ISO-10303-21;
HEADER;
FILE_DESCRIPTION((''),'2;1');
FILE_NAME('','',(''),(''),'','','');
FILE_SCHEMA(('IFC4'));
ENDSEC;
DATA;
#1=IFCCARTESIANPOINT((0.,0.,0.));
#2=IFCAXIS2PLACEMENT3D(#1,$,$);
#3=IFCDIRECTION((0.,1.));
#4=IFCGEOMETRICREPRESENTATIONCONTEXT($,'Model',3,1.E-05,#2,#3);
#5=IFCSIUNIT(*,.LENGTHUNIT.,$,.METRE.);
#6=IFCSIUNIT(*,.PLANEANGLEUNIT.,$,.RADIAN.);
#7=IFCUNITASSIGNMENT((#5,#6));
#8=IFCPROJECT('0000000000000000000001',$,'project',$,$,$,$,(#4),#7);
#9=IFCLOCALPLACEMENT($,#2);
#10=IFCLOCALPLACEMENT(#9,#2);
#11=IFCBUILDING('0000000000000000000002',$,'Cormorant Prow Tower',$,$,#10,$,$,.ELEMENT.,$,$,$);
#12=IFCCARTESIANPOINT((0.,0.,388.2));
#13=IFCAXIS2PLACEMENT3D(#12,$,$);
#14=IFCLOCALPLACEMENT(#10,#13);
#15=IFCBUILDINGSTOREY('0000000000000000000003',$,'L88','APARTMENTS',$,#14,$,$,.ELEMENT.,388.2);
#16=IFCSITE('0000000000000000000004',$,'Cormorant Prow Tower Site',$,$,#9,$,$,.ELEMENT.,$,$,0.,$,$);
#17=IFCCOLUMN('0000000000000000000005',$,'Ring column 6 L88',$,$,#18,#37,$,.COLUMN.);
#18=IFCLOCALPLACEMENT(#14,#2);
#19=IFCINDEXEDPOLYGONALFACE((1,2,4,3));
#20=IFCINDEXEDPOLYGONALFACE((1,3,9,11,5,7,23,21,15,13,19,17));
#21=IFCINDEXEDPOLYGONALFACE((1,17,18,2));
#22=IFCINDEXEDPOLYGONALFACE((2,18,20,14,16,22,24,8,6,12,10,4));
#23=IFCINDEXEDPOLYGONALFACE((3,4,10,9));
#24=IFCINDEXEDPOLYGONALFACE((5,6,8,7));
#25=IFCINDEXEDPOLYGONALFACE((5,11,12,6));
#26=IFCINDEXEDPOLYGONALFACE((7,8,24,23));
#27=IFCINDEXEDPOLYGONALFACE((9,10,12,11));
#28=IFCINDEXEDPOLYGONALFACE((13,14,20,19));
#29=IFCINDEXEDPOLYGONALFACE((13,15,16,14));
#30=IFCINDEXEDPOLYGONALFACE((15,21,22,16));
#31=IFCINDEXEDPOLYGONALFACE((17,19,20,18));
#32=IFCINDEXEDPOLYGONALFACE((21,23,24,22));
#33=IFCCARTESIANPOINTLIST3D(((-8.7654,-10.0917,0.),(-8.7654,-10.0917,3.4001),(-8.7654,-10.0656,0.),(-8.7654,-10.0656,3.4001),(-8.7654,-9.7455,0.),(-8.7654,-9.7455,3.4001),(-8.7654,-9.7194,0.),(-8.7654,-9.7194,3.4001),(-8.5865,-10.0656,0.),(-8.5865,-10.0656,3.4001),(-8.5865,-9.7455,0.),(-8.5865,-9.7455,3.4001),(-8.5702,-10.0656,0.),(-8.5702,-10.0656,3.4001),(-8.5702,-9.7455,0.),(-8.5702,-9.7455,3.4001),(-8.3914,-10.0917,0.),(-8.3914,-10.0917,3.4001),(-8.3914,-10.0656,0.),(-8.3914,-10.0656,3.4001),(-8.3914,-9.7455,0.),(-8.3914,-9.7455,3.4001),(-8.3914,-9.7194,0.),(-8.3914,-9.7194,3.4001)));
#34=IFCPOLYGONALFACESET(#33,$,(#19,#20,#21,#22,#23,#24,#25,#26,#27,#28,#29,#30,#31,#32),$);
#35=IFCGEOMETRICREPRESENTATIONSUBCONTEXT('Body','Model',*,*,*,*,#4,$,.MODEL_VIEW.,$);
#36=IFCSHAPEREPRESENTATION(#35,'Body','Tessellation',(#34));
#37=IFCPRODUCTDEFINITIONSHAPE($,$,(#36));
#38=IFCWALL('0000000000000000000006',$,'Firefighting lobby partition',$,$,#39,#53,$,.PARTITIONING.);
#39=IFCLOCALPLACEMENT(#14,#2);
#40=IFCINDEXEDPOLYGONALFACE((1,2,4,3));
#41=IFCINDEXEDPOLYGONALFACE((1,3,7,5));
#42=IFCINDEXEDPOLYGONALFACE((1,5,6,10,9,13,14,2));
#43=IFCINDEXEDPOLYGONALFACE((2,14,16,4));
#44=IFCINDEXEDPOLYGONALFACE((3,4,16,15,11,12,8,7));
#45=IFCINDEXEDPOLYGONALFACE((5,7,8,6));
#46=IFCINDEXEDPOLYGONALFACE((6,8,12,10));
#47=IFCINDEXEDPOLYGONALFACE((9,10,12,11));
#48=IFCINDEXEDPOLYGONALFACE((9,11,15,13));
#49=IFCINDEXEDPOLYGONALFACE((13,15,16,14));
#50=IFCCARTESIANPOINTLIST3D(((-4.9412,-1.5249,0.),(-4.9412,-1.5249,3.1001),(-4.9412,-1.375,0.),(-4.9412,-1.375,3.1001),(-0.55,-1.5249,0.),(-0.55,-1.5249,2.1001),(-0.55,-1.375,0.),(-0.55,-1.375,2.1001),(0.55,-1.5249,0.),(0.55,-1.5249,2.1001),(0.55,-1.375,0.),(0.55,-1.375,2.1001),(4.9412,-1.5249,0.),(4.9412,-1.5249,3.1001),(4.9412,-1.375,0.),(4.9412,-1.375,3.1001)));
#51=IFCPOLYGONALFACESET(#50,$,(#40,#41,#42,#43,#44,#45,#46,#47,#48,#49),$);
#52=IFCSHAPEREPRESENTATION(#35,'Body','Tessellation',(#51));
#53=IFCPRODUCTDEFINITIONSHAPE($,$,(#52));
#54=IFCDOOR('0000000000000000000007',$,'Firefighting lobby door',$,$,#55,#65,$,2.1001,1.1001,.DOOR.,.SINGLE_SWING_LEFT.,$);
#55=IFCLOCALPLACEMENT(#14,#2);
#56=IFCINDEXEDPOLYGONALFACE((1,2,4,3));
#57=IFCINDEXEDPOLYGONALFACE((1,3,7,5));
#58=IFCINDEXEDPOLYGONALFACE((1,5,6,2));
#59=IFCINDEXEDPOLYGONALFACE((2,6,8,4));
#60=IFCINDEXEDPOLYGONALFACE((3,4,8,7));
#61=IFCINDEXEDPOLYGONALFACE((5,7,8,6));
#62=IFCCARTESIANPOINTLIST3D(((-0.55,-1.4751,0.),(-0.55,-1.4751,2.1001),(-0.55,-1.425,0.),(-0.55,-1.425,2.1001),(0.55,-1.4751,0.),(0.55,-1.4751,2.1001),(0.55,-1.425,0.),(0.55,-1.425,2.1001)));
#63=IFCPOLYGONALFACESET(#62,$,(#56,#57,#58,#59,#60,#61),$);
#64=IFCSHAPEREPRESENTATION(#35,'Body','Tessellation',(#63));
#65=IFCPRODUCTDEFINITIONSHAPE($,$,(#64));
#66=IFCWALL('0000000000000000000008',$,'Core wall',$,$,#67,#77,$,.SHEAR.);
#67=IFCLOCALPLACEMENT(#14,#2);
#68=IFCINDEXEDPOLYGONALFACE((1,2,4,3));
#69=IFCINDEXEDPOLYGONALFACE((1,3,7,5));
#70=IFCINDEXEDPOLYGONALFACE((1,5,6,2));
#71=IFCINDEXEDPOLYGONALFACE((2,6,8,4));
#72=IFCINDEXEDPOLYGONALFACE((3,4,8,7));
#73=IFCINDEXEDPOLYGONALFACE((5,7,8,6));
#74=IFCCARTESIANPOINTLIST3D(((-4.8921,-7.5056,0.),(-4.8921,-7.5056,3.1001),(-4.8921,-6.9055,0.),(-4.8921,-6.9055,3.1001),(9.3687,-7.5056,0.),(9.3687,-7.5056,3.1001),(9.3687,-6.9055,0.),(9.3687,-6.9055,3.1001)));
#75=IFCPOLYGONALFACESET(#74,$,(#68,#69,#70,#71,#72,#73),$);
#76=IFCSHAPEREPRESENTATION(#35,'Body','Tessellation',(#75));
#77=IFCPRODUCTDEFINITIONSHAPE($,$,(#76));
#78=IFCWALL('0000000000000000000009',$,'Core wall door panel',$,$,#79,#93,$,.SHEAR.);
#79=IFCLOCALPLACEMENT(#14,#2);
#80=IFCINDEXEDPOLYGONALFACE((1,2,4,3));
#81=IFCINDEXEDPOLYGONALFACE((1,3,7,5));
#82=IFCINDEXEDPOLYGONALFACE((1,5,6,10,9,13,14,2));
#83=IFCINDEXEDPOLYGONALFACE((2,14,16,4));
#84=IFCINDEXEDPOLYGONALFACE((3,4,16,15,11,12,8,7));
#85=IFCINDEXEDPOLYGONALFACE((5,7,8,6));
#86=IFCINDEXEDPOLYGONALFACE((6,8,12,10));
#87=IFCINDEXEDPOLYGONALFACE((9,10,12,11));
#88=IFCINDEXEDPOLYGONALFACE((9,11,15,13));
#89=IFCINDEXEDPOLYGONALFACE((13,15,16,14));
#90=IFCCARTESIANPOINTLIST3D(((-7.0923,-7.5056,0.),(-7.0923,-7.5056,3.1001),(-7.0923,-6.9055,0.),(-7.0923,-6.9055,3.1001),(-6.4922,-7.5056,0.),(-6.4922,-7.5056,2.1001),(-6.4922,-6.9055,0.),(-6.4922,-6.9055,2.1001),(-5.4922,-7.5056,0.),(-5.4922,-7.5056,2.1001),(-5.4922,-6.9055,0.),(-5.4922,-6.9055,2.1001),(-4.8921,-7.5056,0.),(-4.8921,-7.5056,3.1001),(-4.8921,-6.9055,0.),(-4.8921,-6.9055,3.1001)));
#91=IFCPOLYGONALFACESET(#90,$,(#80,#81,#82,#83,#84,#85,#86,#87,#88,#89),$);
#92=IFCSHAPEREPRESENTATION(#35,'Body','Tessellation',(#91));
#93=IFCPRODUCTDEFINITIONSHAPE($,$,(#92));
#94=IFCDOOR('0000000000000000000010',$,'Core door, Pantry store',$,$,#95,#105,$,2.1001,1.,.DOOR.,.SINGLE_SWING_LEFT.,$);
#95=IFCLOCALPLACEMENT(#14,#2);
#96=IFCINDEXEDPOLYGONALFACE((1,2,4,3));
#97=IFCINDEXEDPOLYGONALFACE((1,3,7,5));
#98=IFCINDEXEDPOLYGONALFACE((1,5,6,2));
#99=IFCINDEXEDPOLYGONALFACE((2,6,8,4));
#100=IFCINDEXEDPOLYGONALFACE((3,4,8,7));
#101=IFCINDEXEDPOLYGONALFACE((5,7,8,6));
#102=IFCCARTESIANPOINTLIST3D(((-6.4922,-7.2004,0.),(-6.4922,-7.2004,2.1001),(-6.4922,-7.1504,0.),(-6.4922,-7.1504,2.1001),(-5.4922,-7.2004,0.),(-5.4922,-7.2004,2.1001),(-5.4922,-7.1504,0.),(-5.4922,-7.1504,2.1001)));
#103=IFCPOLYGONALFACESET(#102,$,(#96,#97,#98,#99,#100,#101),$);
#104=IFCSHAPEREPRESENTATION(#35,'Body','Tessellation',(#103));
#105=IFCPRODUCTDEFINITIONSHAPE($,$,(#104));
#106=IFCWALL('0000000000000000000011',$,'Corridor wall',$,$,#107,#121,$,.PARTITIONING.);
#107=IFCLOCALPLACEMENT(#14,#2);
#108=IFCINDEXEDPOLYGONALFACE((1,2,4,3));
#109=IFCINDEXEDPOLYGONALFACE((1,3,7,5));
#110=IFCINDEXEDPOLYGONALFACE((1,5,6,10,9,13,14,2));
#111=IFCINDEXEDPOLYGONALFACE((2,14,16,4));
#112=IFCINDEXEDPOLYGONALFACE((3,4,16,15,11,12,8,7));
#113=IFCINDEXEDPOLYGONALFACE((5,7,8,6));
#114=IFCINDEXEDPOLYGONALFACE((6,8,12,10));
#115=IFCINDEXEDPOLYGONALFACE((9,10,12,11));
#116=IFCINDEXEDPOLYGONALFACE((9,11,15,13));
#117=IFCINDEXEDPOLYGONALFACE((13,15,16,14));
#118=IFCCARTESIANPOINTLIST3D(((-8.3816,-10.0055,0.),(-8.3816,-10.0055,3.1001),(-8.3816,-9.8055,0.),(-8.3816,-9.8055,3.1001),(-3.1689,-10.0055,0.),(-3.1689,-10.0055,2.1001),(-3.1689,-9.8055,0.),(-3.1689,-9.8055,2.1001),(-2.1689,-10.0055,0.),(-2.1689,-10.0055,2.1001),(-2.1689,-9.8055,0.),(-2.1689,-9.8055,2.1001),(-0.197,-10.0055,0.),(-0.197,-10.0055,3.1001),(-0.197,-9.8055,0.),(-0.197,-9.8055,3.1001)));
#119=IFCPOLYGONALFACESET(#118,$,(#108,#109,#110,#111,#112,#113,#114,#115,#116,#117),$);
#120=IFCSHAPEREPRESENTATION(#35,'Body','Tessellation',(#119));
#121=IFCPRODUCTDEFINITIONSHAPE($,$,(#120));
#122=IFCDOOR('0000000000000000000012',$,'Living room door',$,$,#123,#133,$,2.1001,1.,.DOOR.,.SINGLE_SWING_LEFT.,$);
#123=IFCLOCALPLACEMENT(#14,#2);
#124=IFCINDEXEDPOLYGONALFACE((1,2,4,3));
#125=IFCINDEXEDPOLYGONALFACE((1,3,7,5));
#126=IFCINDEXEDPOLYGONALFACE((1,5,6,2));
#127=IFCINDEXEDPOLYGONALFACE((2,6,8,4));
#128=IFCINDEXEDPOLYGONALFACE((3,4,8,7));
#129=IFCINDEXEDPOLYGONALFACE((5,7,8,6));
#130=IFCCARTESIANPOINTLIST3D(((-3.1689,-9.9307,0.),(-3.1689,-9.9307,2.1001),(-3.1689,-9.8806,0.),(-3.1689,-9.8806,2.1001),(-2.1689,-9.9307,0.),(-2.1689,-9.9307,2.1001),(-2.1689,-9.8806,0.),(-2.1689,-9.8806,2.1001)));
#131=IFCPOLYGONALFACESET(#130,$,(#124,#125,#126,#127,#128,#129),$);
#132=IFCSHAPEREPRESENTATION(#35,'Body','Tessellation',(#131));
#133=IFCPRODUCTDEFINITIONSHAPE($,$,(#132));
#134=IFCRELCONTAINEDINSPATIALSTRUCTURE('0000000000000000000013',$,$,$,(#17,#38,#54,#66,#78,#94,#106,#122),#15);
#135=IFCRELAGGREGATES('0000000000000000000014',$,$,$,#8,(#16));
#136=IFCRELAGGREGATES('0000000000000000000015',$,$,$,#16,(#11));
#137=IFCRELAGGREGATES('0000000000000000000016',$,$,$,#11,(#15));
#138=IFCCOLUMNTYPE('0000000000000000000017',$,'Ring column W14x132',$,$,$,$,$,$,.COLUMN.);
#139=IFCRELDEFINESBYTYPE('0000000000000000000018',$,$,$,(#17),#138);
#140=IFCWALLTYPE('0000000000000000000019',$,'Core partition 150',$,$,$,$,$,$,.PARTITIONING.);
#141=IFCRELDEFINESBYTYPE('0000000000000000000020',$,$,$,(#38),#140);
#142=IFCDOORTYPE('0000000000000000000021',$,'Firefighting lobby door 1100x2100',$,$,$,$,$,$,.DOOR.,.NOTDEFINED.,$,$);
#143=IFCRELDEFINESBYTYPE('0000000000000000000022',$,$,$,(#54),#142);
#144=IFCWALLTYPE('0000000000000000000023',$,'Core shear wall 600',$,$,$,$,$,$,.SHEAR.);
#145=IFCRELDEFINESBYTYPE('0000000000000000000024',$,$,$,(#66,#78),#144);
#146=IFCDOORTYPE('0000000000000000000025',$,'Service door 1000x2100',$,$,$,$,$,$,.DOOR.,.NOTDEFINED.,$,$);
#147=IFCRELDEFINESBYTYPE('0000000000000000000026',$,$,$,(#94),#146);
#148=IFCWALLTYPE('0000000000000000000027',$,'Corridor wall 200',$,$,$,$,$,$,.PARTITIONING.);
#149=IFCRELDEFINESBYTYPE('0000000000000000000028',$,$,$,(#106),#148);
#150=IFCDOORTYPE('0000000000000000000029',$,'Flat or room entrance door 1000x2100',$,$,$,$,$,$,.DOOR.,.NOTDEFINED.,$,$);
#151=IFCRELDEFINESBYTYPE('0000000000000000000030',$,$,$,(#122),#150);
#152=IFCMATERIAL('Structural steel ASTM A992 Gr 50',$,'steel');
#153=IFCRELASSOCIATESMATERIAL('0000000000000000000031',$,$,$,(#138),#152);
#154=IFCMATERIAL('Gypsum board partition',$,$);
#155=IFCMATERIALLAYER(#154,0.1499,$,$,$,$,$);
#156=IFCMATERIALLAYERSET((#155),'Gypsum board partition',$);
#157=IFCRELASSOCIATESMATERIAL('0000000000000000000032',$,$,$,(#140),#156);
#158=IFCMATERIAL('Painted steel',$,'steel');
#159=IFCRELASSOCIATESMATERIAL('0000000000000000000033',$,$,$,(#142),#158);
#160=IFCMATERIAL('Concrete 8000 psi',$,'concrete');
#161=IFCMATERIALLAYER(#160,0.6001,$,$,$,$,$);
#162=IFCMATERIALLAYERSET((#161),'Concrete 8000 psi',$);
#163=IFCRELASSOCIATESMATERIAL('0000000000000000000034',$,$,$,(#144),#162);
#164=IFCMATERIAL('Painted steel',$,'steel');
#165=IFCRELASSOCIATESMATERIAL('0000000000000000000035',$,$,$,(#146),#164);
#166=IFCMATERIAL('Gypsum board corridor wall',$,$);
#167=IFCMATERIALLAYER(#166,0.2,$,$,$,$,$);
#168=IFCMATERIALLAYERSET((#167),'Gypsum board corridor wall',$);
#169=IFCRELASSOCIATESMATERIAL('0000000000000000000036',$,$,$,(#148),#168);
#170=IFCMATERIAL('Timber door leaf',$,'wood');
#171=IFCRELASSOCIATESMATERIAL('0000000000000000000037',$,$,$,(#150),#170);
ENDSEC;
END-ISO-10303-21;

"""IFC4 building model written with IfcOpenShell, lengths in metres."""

from ifc_helpers import new_model, si_unit, direction, frame, frame_2d, origin, origin_2d, place, context, subcontext, project, spatial, rectangle, i_section, extrude, material, layer, layer_set, material_profile, profile_set, type_object, element, fill, save


model = new_model("IFC4")

# Units and contexts
model_context = context("Model", 3, precision=1e-05, world=origin(), true_north=direction((0.0, 1.0)))
body_context = subcontext(model_context, "Body", "Model", "MODEL_VIEW")
ifc_project = project(units=[si_unit("LENGTHUNIT", "METRE"), si_unit("PLANEANGLEUNIT", "RADIAN")], contexts=[model_context])

# Site, building, storey
site_placement = place(None, origin())
site = spatial("IfcSite", under=ifc_project, at=site_placement, Name="Cormorant Prow Tower Site", CompositionType="ELEMENT", RefElevation=0.0)
building_placement = place(site_placement, origin())
building = spatial("IfcBuilding", under=site, at=building_placement, Name="Cormorant Prow Tower", CompositionType="ELEMENT")
storey_placement = place(building_placement, frame((0.0, 0.0, 388.2)))
storey = spatial("IfcBuildingStorey", under=building, at=storey_placement, Name="L88", Description="APARTMENTS", CompositionType="ELEMENT", Elevation=388.2)

# Column
ifc_material_1 = material(Name="Structural steel ASTM A992 Gr 50", Category="steel")
ifc_material_profile = material_profile(ifc_material_1, i_section(OverallWidth=0.374, OverallDepth=0.3723, WebThickness=0.0164, FlangeThickness=0.0261, at=origin_2d()), Name="W14x132")
ifc_profile_set = profile_set([ifc_material_profile], Name="Structural steel ASTM A992 Gr 50")
column_type = type_object("IfcColumnType", Name="Ring column W14x132", PredefinedType="COLUMN", material=ifc_profile_set)
column_placement = place(storey_placement, frame((-8.5784, -9.9055, 0.0), z_axis=(0.0, 0.0, 1.0), x_axis=(1.0, 0.0, 0.0)))
element("IfcColumn", 1, at=column_placement, inside=storey, type_object=column_type, Name="Ring column 6 L88", PredefinedType="COLUMN", context=body_context, shape_type="SweptSolid", body=[
    extrude(i_section(OverallWidth=0.374, OverallDepth=0.3723, WebThickness=0.0164, FlangeThickness=0.0261, at=origin_2d()), origin(), (0.0, 0.0, 1.0), 3.4001),
])

# Wall, opening, door
ifc_material_2 = material(Name="Gypsum board partition")
ifc_layer_1 = layer(ifc_material_2, 0.1499)
ifc_layer_set_1 = layer_set([ifc_layer_1], Name="Gypsum board partition")
wall_type_1 = type_object("IfcWallType", Name="Core partition 150", PredefinedType="PARTITIONING", material=ifc_layer_set_1)
wall_1_placement = place(storey_placement, frame((-4.9412, -1.45, 0.0), z_axis=(0.0, 0.0, 1.0), x_axis=(1.0, 0.0, 0.0)))
wall_1 = element("IfcWall", 2, at=wall_1_placement, inside=storey, type_object=wall_type_1, Name="Firefighting lobby partition", PredefinedType="PARTITIONING", context=body_context, shape_type="SweptSolid", body=[
    extrude(rectangle(XDim=9.8823, YDim=0.1499, at=frame_2d((4.9412, 0.0))), origin(), (0.0, 0.0, 1.0), 3.1001),
])
opening_1_placement = place(wall_1_placement, frame((4.3911, 0.0, 0.0)))
opening_1 = element("IfcOpeningElement", 3, at=opening_1_placement, cuts=wall_1, PredefinedType="OPENING", context=body_context, shape_type="SweptSolid", body=[
    extrude(rectangle(XDim=1.1001, YDim=2.1001, at=frame_2d((0.55, 1.05))), frame((0.0, 0.085, 0.0), z_axis=(0.0, -1.0, 0.0), x_axis=(1.0, 0.0, 0.0)), (0.0, 0.0, 1.0), 0.1699),
])
ifc_material_3 = material(Name="Painted steel", Category="steel")
door_type_1 = type_object("IfcDoorType", Name="Firefighting lobby door 1100x2100", OperationType="NOTDEFINED", PredefinedType="DOOR", material=ifc_material_3)
door_1_placement = place(opening_1_placement, origin())
door_1 = element("IfcDoor", 4, at=door_1_placement, inside=storey, type_object=door_type_1, Name="Firefighting lobby door", OperationType="SINGLE_SWING_LEFT", OverallHeight=2.1001, OverallWidth=1.1001, PredefinedType="DOOR", context=body_context, shape_type="SweptSolid", body=[
    extrude(rectangle(XDim=1.1001, YDim=2.1001, at=frame_2d((0.55, 1.05))), frame((0.0, 0.0249, 0.0), z_axis=(0.0, -1.0, 0.0), x_axis=(1.0, 0.0, 0.0)), (0.0, 0.0, 1.0), 0.05),
])
fill(opening_1, door_1)

# Wall
ifc_material_4 = material(Name="Concrete 8000 psi", Category="concrete")
ifc_layer_2 = layer(ifc_material_4, 0.6001)
ifc_layer_set_2 = layer_set([ifc_layer_2], Name="Concrete 8000 psi")
wall_type_2 = type_object("IfcWallType", Name="Core shear wall 600", PredefinedType="SHEAR", material=ifc_layer_set_2)
wall_2_placement = place(storey_placement, frame((-4.8921, -7.2056, 0.0), z_axis=(0.0, 0.0, 1.0), x_axis=(1.0, 0.0, 0.0)))
element("IfcWall", 5, at=wall_2_placement, inside=storey, type_object=wall_type_2, Name="Core wall", PredefinedType="SHEAR", context=body_context, shape_type="SweptSolid", body=[
    extrude(rectangle(XDim=14.2607, YDim=0.6001, at=frame_2d((7.1304, 0.0))), origin(), (0.0, 0.0, 1.0), 3.1001),
])

# Walls, openings, doors
wall_3_placement = place(storey_placement, frame((-7.0923, -7.2056, 0.0), z_axis=(0.0, 0.0, 1.0), x_axis=(1.0, 0.0, 0.0)))
wall_3 = element("IfcWall", 6, at=wall_3_placement, inside=storey, type_object=wall_type_2, Name="Core wall door panel", PredefinedType="SHEAR", context=body_context, shape_type="SweptSolid", body=[
    extrude(rectangle(XDim=2.2002, YDim=0.6001, at=frame_2d((1.1001, 0.0))), origin(), (0.0, 0.0, 1.0), 3.1001),
])
opening_2_placement = place(wall_3_placement, frame((0.6001, 0.0, 0.0)))
opening_2 = element("IfcOpeningElement", 7, at=opening_2_placement, cuts=wall_3, PredefinedType="OPENING", context=body_context, shape_type="SweptSolid", body=[
    extrude(rectangle(XDim=1.0, YDim=2.1001, at=frame_2d((0.5, 1.05))), frame((0.0, 0.3101, 0.0), z_axis=(0.0, -1.0, 0.0), x_axis=(1.0, 0.0, 0.0)), (0.0, 0.0, 1.0), 0.6201),
])
ifc_material_5 = material(Name="Painted steel", Category="steel")
door_type_2 = type_object("IfcDoorType", Name="Service door 1000x2100", OperationType="NOTDEFINED", PredefinedType="DOOR", material=ifc_material_5)
door_2_placement = place(opening_2_placement, origin())
door_2 = element("IfcDoor", 8, at=door_2_placement, inside=storey, type_object=door_type_2, Name="Core door, Pantry store", OperationType="SINGLE_SWING_LEFT", OverallHeight=2.1001, OverallWidth=1.0, PredefinedType="DOOR", context=body_context, shape_type="SweptSolid", body=[
    extrude(rectangle(XDim=1.0, YDim=2.1001, at=frame_2d((0.5, 1.05))), frame((0.0, 0.0552, 0.0), z_axis=(0.0, -1.0, 0.0), x_axis=(1.0, 0.0, 0.0)), (0.0, 0.0, 1.0), 0.05),
])
fill(opening_2, door_2)
ifc_material_6 = material(Name="Gypsum board corridor wall")
ifc_layer_3 = layer(ifc_material_6, 0.2)
ifc_layer_set_3 = layer_set([ifc_layer_3], Name="Gypsum board corridor wall")
wall_type_3 = type_object("IfcWallType", Name="Corridor wall 200", PredefinedType="PARTITIONING", material=ifc_layer_set_3)
wall_4_placement = place(storey_placement, frame((-8.3816, -9.9055, 0.0), z_axis=(0.0, 0.0, 1.0), x_axis=(1.0, 0.0, 0.0)))
wall_4 = element("IfcWall", 9, at=wall_4_placement, inside=storey, type_object=wall_type_3, Name="Corridor wall", PredefinedType="PARTITIONING", context=body_context, shape_type="SweptSolid", body=[
    extrude(rectangle(XDim=8.1846, YDim=0.2, at=frame_2d((4.0923, 0.0))), origin(), (0.0, 0.0, 1.0), 3.1001),
])
opening_3_placement = place(wall_4_placement, frame((5.2126, 0.0, 0.0)))
opening_3 = element("IfcOpeningElement", 10, at=opening_3_placement, cuts=wall_4, PredefinedType="OPENING", context=body_context, shape_type="SweptSolid", body=[
    extrude(rectangle(XDim=1.0, YDim=2.1001, at=frame_2d((0.5, 1.05))), frame((0.0, 0.1099, 0.0), z_axis=(0.0, -1.0, 0.0), x_axis=(1.0, 0.0, 0.0)), (0.0, 0.0, 1.0), 0.22),
])
ifc_material_7 = material(Name="Timber door leaf", Category="wood")
door_type_3 = type_object("IfcDoorType", Name="Flat or room entrance door 1000x2100", OperationType="NOTDEFINED", PredefinedType="DOOR", material=ifc_material_7)
door_3_placement = place(opening_3_placement, origin())
door_3 = element("IfcDoor", 11, at=door_3_placement, inside=storey, type_object=door_type_3, Name="Living room door", OperationType="SINGLE_SWING_LEFT", OverallHeight=2.1001, OverallWidth=1.0, PredefinedType="DOOR", context=body_context, shape_type="SweptSolid", body=[
    extrude(rectangle(XDim=1.0, YDim=2.1001, at=frame_2d((0.5, 1.05))), frame((0.0, 0.0249, 0.0), z_axis=(0.0, -1.0, 0.0), x_axis=(1.0, 0.0, 0.0)), (0.0, 0.0, 1.0), 0.05),
])
fill(opening_3, door_3)

save(model, "model.ifc")
